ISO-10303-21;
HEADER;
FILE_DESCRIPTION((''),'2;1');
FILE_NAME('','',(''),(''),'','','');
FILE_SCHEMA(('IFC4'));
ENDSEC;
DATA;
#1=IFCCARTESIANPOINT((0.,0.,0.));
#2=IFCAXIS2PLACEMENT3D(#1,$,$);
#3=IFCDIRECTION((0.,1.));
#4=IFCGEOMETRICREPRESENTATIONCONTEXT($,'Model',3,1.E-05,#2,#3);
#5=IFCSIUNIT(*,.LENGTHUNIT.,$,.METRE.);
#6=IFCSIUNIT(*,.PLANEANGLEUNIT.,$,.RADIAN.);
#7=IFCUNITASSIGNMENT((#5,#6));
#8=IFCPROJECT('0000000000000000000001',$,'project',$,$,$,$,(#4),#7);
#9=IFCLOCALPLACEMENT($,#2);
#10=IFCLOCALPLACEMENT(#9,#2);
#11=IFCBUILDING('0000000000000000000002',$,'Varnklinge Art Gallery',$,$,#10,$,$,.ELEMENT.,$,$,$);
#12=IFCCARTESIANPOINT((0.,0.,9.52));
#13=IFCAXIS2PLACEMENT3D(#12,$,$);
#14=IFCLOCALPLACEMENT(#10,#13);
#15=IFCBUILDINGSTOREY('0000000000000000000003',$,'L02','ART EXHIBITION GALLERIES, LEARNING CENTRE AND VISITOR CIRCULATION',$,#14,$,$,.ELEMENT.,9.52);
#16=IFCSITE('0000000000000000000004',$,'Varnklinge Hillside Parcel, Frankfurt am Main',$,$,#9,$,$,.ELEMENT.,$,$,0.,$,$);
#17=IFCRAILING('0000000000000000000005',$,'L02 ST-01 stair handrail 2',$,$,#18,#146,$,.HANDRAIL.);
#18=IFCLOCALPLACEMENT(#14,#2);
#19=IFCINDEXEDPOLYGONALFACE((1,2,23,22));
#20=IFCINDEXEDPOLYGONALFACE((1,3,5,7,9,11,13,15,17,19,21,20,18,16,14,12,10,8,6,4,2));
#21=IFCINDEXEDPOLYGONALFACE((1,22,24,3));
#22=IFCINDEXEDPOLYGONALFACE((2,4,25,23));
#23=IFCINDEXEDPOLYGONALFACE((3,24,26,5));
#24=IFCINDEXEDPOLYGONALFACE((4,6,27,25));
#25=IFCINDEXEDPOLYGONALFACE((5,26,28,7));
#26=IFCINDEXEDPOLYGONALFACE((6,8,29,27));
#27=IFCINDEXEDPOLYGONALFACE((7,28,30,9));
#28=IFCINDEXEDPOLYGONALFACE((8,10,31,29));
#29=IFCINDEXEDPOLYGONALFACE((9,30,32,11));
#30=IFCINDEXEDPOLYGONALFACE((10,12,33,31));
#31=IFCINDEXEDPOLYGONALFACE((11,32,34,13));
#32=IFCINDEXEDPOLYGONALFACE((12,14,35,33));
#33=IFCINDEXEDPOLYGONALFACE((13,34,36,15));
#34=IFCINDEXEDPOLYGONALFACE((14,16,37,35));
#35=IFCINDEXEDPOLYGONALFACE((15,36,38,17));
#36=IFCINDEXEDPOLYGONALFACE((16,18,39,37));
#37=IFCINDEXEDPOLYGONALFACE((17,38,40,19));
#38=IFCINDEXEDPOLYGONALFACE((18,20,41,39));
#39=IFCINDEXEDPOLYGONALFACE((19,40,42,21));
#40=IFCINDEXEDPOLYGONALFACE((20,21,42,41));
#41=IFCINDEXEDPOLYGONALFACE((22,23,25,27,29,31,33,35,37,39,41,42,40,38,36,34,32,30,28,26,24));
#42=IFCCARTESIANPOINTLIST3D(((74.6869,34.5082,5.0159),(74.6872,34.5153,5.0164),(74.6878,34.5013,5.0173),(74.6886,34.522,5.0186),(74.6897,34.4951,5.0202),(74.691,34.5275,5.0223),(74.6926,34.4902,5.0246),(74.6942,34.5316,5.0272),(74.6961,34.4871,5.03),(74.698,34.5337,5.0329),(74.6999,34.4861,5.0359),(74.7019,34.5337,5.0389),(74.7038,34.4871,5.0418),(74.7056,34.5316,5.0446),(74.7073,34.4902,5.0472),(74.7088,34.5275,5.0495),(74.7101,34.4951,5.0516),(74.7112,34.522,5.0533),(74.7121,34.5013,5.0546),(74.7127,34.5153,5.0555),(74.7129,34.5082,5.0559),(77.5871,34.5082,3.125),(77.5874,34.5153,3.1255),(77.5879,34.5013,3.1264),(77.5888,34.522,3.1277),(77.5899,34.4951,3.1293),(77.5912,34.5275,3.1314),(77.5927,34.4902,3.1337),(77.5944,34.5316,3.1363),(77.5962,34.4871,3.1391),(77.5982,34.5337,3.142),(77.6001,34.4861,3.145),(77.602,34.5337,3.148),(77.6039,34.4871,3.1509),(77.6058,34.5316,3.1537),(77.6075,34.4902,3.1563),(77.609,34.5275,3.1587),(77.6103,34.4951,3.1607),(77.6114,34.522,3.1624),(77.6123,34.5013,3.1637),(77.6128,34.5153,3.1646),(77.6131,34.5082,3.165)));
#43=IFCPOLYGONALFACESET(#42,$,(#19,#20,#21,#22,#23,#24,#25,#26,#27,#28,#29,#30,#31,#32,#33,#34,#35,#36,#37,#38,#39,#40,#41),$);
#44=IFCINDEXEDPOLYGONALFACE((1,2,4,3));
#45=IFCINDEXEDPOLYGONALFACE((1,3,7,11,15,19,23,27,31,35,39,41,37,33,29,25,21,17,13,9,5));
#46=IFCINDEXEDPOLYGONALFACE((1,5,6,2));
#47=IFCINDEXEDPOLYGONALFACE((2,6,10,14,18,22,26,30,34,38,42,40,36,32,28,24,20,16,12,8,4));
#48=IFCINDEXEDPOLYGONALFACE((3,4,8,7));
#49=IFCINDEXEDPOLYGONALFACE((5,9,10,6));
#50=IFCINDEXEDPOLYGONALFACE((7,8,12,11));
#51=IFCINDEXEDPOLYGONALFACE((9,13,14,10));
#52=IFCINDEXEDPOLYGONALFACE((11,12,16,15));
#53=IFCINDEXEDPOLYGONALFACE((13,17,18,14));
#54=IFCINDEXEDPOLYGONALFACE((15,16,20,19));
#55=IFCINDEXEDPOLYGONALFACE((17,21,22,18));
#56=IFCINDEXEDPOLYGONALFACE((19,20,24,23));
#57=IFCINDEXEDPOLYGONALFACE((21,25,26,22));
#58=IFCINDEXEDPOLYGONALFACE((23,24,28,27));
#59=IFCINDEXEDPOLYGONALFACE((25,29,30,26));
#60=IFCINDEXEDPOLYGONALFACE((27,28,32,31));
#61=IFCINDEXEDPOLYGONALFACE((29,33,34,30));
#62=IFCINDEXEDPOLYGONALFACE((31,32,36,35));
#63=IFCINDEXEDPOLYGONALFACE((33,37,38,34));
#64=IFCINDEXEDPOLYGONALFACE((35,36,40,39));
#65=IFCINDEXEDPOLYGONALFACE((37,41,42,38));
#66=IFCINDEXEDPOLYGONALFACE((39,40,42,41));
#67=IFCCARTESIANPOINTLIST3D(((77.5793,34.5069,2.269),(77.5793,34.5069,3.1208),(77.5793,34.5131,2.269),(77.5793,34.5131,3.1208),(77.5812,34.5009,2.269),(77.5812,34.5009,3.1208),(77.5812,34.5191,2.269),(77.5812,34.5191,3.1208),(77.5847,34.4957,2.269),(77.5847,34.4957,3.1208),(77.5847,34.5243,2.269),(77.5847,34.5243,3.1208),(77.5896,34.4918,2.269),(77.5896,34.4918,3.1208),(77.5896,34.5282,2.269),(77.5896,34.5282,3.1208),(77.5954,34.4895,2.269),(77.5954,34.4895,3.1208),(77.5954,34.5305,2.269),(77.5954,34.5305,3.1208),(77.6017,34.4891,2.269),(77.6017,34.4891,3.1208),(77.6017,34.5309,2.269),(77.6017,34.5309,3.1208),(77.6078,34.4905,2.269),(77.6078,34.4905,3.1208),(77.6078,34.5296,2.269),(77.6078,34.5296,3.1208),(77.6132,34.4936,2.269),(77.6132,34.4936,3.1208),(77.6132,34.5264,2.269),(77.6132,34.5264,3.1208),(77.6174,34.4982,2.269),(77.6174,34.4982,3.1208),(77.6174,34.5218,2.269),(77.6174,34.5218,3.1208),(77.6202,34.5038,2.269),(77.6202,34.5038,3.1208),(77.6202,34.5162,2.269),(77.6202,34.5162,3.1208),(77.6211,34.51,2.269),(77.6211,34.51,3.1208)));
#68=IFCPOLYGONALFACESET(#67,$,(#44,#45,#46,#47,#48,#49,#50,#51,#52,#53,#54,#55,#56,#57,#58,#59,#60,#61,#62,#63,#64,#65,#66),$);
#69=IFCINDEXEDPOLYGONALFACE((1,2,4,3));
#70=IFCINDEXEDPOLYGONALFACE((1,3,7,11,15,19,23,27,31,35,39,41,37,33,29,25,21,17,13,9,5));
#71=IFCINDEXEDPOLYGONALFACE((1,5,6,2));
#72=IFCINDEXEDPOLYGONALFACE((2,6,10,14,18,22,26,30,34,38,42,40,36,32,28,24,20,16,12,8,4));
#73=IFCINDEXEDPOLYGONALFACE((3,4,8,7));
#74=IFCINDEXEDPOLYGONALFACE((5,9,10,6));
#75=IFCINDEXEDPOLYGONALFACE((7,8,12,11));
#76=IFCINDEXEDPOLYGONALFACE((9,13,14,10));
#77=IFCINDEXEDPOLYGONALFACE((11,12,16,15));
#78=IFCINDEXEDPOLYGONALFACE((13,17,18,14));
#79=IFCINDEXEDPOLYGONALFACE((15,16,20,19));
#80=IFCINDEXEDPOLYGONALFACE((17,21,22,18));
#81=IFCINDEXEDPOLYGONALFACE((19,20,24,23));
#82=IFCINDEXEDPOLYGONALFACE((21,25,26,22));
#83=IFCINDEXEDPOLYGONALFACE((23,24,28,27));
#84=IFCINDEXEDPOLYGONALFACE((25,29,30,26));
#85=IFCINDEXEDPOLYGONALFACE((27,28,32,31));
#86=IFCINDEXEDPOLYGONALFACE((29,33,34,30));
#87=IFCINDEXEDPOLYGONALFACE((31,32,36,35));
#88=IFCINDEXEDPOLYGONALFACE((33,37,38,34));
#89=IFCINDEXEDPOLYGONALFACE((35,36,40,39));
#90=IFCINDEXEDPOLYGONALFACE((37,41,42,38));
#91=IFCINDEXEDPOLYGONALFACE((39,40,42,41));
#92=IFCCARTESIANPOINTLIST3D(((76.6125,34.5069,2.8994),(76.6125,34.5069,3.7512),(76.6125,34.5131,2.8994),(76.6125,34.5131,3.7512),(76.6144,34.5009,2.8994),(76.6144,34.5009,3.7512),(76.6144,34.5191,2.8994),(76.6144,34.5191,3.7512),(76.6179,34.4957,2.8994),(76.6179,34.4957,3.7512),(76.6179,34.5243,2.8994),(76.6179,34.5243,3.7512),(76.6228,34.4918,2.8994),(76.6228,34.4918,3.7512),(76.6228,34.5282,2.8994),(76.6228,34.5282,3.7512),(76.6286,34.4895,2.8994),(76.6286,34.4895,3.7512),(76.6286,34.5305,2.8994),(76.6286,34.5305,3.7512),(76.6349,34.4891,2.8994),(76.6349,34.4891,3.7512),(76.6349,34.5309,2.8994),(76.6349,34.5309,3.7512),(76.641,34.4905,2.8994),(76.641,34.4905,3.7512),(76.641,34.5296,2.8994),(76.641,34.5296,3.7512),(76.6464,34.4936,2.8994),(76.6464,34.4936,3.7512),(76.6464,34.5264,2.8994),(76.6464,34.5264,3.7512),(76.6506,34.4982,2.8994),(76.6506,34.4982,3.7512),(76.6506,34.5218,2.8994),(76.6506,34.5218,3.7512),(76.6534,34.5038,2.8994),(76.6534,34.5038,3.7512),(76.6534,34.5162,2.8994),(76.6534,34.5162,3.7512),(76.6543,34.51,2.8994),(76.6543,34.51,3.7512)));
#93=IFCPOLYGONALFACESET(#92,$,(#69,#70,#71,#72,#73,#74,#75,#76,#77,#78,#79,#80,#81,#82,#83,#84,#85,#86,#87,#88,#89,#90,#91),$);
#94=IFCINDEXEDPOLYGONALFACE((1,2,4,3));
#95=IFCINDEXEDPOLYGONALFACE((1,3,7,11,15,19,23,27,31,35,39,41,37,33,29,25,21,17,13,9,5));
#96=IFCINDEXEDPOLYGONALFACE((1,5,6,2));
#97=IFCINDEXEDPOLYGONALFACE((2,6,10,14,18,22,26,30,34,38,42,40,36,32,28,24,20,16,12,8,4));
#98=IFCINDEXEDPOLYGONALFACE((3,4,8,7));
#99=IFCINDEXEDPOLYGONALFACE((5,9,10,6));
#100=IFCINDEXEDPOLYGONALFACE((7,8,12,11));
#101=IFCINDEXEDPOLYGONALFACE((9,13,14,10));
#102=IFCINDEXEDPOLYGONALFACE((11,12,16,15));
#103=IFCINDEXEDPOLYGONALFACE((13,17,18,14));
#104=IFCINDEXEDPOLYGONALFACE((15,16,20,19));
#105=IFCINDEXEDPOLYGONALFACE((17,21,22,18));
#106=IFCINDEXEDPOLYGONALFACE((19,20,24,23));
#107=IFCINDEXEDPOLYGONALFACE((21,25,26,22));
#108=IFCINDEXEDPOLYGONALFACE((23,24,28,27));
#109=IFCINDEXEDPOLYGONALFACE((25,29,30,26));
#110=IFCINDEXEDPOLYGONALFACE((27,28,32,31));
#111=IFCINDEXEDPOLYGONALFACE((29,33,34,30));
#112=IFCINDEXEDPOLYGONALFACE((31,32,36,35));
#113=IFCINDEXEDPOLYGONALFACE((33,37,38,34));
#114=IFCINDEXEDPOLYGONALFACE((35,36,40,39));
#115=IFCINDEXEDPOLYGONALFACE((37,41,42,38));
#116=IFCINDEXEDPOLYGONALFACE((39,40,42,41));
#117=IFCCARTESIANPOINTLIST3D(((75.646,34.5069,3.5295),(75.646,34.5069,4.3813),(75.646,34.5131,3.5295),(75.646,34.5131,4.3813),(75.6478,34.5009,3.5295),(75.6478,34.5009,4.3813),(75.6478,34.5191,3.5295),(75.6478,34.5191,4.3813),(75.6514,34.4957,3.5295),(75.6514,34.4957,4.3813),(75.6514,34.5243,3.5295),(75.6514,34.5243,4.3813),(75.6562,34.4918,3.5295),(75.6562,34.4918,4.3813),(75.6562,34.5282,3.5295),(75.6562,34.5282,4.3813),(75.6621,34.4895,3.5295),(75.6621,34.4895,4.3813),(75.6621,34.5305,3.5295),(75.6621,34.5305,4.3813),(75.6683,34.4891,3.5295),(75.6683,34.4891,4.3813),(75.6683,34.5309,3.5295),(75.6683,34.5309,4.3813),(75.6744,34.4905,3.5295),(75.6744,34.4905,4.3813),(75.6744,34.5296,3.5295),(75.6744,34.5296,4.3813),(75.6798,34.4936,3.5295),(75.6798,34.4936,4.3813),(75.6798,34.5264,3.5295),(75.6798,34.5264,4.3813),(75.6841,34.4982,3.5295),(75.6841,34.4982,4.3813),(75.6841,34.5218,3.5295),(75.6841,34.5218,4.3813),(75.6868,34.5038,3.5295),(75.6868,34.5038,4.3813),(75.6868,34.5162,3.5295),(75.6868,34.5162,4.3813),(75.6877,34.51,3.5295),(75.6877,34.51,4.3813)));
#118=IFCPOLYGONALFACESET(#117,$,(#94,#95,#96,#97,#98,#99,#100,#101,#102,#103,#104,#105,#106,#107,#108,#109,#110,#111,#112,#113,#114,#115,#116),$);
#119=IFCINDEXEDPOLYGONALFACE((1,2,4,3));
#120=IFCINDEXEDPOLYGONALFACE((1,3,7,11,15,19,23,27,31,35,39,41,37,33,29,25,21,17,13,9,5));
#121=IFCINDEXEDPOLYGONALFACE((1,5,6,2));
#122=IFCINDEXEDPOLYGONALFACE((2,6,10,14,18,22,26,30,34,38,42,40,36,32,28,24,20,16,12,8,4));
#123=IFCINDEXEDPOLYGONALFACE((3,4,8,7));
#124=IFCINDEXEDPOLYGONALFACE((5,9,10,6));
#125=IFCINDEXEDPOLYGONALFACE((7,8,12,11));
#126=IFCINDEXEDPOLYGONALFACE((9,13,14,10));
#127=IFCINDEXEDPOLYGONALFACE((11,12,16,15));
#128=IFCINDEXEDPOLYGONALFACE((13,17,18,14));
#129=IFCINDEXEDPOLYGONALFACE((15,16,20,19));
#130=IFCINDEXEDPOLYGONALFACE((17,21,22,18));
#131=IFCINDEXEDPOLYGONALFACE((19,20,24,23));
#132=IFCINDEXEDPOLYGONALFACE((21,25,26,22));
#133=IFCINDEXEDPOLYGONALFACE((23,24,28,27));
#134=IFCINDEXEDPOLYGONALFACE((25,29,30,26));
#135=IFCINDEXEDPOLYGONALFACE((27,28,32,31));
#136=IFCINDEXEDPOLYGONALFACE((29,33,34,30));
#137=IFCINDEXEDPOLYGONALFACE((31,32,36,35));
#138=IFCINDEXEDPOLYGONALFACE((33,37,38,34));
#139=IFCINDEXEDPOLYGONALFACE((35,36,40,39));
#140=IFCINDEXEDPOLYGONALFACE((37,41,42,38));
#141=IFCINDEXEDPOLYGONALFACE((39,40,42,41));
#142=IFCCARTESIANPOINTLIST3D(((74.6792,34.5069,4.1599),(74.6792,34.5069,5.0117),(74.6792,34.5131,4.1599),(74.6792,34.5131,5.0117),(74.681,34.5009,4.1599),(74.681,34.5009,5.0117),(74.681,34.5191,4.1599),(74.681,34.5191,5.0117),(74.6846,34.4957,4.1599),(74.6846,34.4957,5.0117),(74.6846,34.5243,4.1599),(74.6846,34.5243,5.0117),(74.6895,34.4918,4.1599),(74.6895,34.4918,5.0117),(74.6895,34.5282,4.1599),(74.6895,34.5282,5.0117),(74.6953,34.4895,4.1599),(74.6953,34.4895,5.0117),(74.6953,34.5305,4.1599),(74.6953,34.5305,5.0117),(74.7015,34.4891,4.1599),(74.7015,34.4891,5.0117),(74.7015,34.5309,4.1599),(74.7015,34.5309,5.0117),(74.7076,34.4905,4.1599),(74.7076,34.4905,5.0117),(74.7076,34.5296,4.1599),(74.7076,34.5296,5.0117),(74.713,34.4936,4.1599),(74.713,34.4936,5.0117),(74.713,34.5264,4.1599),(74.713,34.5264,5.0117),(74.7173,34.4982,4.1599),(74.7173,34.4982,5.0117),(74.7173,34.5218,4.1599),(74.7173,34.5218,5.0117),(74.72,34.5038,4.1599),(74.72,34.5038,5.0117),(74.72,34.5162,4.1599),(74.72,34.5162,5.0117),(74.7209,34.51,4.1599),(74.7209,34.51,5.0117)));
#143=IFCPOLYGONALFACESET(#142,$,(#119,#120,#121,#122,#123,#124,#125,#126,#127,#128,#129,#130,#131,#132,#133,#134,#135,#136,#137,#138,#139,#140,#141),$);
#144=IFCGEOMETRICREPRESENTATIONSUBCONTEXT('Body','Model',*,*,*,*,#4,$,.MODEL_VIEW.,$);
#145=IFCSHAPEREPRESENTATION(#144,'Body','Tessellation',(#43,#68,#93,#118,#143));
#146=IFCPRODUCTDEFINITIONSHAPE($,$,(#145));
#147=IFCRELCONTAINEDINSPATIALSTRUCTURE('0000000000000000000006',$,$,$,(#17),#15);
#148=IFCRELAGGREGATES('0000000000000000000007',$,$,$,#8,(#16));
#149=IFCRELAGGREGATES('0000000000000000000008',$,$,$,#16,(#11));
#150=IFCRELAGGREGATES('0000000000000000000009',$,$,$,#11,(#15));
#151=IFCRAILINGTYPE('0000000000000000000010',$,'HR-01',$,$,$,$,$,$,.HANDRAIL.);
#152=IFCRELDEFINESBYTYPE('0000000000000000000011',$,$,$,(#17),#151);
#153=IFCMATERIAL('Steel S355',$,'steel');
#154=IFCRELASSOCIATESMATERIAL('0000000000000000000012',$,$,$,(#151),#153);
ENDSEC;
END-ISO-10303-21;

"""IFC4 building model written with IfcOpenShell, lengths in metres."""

from ifc_helpers import new_model, si_unit, direction, frame, origin, origin_2d, place, context, subcontext, project, spatial, circle, extrude, material, type_object, element, save


model = new_model("IFC4")

# Units and contexts
model_context = context("Model", 3, precision=1e-05, world=origin(), true_north=direction((0.0, 1.0)))
body_context = subcontext(model_context, "Body", "Model", "MODEL_VIEW")
ifc_project = project(units=[si_unit("LENGTHUNIT", "METRE"), si_unit("PLANEANGLEUNIT", "RADIAN")], contexts=[model_context])

# Site, building, storey
site_placement = place(None, origin())
site = spatial("IfcSite", under=ifc_project, at=site_placement, Name="Varnklinge Hillside Parcel, Frankfurt am Main", CompositionType="ELEMENT", RefElevation=0.0)
building_placement = place(site_placement, origin())
building = spatial("IfcBuilding", under=site, at=building_placement, Name="Varnklinge Art Gallery", CompositionType="ELEMENT")
storey_placement = place(building_placement, frame((0.0, 0.0, 9.52)))
storey = spatial("IfcBuildingStorey", under=building, at=storey_placement, Name="L02", Description="ART EXHIBITION GALLERIES, LEARNING CENTRE AND VISITOR CIRCULATION", CompositionType="ELEMENT", Elevation=9.52)

# Railing
ifc_material_1 = material(Name="Steel S355", Category="steel")
railing_type_1 = type_object("IfcRailingType", Name="HR-01", PredefinedType="HANDRAIL", material=ifc_material_1)
railing_1_placement = place(storey_placement, frame((77.6001, 34.51, 2.269)))
element("IfcRailing", 1, at=railing_1_placement, inside=storey, type_object=railing_type_1, Name="L02 ST-01 stair handrail 2", PredefinedType="HANDRAIL", context=body_context, shape_type="SweptSolid", body=[
    extrude(circle(Radius=0.0239, at=origin_2d()), frame((0.0, 0.0, 0.876), z_axis=(-0.837681, 0.0, 0.54616), x_axis=(0.0, -1.0, 0.0)), (0.0, 0.0, 1.0), 3.4622),
    extrude(circle(Radius=0.021, at=origin_2d()), origin(), (0.0, 0.0, 1.0), 0.8518),
    extrude(circle(Radius=0.021, at=origin_2d()), frame((-0.9668, 0.0, 0.6304)), (0.0, 0.0, 1.0), 0.8518),
    extrude(circle(Radius=0.021, at=origin_2d()), frame((-1.9333, 0.0, 1.2605)), (0.0, 0.0, 1.0), 0.8518),
    extrude(circle(Radius=0.021, at=origin_2d()), frame((-2.9001, 0.0, 1.8909)), (0.0, 0.0, 1.0), 0.8518),
])

save(model, "model.ifc")
